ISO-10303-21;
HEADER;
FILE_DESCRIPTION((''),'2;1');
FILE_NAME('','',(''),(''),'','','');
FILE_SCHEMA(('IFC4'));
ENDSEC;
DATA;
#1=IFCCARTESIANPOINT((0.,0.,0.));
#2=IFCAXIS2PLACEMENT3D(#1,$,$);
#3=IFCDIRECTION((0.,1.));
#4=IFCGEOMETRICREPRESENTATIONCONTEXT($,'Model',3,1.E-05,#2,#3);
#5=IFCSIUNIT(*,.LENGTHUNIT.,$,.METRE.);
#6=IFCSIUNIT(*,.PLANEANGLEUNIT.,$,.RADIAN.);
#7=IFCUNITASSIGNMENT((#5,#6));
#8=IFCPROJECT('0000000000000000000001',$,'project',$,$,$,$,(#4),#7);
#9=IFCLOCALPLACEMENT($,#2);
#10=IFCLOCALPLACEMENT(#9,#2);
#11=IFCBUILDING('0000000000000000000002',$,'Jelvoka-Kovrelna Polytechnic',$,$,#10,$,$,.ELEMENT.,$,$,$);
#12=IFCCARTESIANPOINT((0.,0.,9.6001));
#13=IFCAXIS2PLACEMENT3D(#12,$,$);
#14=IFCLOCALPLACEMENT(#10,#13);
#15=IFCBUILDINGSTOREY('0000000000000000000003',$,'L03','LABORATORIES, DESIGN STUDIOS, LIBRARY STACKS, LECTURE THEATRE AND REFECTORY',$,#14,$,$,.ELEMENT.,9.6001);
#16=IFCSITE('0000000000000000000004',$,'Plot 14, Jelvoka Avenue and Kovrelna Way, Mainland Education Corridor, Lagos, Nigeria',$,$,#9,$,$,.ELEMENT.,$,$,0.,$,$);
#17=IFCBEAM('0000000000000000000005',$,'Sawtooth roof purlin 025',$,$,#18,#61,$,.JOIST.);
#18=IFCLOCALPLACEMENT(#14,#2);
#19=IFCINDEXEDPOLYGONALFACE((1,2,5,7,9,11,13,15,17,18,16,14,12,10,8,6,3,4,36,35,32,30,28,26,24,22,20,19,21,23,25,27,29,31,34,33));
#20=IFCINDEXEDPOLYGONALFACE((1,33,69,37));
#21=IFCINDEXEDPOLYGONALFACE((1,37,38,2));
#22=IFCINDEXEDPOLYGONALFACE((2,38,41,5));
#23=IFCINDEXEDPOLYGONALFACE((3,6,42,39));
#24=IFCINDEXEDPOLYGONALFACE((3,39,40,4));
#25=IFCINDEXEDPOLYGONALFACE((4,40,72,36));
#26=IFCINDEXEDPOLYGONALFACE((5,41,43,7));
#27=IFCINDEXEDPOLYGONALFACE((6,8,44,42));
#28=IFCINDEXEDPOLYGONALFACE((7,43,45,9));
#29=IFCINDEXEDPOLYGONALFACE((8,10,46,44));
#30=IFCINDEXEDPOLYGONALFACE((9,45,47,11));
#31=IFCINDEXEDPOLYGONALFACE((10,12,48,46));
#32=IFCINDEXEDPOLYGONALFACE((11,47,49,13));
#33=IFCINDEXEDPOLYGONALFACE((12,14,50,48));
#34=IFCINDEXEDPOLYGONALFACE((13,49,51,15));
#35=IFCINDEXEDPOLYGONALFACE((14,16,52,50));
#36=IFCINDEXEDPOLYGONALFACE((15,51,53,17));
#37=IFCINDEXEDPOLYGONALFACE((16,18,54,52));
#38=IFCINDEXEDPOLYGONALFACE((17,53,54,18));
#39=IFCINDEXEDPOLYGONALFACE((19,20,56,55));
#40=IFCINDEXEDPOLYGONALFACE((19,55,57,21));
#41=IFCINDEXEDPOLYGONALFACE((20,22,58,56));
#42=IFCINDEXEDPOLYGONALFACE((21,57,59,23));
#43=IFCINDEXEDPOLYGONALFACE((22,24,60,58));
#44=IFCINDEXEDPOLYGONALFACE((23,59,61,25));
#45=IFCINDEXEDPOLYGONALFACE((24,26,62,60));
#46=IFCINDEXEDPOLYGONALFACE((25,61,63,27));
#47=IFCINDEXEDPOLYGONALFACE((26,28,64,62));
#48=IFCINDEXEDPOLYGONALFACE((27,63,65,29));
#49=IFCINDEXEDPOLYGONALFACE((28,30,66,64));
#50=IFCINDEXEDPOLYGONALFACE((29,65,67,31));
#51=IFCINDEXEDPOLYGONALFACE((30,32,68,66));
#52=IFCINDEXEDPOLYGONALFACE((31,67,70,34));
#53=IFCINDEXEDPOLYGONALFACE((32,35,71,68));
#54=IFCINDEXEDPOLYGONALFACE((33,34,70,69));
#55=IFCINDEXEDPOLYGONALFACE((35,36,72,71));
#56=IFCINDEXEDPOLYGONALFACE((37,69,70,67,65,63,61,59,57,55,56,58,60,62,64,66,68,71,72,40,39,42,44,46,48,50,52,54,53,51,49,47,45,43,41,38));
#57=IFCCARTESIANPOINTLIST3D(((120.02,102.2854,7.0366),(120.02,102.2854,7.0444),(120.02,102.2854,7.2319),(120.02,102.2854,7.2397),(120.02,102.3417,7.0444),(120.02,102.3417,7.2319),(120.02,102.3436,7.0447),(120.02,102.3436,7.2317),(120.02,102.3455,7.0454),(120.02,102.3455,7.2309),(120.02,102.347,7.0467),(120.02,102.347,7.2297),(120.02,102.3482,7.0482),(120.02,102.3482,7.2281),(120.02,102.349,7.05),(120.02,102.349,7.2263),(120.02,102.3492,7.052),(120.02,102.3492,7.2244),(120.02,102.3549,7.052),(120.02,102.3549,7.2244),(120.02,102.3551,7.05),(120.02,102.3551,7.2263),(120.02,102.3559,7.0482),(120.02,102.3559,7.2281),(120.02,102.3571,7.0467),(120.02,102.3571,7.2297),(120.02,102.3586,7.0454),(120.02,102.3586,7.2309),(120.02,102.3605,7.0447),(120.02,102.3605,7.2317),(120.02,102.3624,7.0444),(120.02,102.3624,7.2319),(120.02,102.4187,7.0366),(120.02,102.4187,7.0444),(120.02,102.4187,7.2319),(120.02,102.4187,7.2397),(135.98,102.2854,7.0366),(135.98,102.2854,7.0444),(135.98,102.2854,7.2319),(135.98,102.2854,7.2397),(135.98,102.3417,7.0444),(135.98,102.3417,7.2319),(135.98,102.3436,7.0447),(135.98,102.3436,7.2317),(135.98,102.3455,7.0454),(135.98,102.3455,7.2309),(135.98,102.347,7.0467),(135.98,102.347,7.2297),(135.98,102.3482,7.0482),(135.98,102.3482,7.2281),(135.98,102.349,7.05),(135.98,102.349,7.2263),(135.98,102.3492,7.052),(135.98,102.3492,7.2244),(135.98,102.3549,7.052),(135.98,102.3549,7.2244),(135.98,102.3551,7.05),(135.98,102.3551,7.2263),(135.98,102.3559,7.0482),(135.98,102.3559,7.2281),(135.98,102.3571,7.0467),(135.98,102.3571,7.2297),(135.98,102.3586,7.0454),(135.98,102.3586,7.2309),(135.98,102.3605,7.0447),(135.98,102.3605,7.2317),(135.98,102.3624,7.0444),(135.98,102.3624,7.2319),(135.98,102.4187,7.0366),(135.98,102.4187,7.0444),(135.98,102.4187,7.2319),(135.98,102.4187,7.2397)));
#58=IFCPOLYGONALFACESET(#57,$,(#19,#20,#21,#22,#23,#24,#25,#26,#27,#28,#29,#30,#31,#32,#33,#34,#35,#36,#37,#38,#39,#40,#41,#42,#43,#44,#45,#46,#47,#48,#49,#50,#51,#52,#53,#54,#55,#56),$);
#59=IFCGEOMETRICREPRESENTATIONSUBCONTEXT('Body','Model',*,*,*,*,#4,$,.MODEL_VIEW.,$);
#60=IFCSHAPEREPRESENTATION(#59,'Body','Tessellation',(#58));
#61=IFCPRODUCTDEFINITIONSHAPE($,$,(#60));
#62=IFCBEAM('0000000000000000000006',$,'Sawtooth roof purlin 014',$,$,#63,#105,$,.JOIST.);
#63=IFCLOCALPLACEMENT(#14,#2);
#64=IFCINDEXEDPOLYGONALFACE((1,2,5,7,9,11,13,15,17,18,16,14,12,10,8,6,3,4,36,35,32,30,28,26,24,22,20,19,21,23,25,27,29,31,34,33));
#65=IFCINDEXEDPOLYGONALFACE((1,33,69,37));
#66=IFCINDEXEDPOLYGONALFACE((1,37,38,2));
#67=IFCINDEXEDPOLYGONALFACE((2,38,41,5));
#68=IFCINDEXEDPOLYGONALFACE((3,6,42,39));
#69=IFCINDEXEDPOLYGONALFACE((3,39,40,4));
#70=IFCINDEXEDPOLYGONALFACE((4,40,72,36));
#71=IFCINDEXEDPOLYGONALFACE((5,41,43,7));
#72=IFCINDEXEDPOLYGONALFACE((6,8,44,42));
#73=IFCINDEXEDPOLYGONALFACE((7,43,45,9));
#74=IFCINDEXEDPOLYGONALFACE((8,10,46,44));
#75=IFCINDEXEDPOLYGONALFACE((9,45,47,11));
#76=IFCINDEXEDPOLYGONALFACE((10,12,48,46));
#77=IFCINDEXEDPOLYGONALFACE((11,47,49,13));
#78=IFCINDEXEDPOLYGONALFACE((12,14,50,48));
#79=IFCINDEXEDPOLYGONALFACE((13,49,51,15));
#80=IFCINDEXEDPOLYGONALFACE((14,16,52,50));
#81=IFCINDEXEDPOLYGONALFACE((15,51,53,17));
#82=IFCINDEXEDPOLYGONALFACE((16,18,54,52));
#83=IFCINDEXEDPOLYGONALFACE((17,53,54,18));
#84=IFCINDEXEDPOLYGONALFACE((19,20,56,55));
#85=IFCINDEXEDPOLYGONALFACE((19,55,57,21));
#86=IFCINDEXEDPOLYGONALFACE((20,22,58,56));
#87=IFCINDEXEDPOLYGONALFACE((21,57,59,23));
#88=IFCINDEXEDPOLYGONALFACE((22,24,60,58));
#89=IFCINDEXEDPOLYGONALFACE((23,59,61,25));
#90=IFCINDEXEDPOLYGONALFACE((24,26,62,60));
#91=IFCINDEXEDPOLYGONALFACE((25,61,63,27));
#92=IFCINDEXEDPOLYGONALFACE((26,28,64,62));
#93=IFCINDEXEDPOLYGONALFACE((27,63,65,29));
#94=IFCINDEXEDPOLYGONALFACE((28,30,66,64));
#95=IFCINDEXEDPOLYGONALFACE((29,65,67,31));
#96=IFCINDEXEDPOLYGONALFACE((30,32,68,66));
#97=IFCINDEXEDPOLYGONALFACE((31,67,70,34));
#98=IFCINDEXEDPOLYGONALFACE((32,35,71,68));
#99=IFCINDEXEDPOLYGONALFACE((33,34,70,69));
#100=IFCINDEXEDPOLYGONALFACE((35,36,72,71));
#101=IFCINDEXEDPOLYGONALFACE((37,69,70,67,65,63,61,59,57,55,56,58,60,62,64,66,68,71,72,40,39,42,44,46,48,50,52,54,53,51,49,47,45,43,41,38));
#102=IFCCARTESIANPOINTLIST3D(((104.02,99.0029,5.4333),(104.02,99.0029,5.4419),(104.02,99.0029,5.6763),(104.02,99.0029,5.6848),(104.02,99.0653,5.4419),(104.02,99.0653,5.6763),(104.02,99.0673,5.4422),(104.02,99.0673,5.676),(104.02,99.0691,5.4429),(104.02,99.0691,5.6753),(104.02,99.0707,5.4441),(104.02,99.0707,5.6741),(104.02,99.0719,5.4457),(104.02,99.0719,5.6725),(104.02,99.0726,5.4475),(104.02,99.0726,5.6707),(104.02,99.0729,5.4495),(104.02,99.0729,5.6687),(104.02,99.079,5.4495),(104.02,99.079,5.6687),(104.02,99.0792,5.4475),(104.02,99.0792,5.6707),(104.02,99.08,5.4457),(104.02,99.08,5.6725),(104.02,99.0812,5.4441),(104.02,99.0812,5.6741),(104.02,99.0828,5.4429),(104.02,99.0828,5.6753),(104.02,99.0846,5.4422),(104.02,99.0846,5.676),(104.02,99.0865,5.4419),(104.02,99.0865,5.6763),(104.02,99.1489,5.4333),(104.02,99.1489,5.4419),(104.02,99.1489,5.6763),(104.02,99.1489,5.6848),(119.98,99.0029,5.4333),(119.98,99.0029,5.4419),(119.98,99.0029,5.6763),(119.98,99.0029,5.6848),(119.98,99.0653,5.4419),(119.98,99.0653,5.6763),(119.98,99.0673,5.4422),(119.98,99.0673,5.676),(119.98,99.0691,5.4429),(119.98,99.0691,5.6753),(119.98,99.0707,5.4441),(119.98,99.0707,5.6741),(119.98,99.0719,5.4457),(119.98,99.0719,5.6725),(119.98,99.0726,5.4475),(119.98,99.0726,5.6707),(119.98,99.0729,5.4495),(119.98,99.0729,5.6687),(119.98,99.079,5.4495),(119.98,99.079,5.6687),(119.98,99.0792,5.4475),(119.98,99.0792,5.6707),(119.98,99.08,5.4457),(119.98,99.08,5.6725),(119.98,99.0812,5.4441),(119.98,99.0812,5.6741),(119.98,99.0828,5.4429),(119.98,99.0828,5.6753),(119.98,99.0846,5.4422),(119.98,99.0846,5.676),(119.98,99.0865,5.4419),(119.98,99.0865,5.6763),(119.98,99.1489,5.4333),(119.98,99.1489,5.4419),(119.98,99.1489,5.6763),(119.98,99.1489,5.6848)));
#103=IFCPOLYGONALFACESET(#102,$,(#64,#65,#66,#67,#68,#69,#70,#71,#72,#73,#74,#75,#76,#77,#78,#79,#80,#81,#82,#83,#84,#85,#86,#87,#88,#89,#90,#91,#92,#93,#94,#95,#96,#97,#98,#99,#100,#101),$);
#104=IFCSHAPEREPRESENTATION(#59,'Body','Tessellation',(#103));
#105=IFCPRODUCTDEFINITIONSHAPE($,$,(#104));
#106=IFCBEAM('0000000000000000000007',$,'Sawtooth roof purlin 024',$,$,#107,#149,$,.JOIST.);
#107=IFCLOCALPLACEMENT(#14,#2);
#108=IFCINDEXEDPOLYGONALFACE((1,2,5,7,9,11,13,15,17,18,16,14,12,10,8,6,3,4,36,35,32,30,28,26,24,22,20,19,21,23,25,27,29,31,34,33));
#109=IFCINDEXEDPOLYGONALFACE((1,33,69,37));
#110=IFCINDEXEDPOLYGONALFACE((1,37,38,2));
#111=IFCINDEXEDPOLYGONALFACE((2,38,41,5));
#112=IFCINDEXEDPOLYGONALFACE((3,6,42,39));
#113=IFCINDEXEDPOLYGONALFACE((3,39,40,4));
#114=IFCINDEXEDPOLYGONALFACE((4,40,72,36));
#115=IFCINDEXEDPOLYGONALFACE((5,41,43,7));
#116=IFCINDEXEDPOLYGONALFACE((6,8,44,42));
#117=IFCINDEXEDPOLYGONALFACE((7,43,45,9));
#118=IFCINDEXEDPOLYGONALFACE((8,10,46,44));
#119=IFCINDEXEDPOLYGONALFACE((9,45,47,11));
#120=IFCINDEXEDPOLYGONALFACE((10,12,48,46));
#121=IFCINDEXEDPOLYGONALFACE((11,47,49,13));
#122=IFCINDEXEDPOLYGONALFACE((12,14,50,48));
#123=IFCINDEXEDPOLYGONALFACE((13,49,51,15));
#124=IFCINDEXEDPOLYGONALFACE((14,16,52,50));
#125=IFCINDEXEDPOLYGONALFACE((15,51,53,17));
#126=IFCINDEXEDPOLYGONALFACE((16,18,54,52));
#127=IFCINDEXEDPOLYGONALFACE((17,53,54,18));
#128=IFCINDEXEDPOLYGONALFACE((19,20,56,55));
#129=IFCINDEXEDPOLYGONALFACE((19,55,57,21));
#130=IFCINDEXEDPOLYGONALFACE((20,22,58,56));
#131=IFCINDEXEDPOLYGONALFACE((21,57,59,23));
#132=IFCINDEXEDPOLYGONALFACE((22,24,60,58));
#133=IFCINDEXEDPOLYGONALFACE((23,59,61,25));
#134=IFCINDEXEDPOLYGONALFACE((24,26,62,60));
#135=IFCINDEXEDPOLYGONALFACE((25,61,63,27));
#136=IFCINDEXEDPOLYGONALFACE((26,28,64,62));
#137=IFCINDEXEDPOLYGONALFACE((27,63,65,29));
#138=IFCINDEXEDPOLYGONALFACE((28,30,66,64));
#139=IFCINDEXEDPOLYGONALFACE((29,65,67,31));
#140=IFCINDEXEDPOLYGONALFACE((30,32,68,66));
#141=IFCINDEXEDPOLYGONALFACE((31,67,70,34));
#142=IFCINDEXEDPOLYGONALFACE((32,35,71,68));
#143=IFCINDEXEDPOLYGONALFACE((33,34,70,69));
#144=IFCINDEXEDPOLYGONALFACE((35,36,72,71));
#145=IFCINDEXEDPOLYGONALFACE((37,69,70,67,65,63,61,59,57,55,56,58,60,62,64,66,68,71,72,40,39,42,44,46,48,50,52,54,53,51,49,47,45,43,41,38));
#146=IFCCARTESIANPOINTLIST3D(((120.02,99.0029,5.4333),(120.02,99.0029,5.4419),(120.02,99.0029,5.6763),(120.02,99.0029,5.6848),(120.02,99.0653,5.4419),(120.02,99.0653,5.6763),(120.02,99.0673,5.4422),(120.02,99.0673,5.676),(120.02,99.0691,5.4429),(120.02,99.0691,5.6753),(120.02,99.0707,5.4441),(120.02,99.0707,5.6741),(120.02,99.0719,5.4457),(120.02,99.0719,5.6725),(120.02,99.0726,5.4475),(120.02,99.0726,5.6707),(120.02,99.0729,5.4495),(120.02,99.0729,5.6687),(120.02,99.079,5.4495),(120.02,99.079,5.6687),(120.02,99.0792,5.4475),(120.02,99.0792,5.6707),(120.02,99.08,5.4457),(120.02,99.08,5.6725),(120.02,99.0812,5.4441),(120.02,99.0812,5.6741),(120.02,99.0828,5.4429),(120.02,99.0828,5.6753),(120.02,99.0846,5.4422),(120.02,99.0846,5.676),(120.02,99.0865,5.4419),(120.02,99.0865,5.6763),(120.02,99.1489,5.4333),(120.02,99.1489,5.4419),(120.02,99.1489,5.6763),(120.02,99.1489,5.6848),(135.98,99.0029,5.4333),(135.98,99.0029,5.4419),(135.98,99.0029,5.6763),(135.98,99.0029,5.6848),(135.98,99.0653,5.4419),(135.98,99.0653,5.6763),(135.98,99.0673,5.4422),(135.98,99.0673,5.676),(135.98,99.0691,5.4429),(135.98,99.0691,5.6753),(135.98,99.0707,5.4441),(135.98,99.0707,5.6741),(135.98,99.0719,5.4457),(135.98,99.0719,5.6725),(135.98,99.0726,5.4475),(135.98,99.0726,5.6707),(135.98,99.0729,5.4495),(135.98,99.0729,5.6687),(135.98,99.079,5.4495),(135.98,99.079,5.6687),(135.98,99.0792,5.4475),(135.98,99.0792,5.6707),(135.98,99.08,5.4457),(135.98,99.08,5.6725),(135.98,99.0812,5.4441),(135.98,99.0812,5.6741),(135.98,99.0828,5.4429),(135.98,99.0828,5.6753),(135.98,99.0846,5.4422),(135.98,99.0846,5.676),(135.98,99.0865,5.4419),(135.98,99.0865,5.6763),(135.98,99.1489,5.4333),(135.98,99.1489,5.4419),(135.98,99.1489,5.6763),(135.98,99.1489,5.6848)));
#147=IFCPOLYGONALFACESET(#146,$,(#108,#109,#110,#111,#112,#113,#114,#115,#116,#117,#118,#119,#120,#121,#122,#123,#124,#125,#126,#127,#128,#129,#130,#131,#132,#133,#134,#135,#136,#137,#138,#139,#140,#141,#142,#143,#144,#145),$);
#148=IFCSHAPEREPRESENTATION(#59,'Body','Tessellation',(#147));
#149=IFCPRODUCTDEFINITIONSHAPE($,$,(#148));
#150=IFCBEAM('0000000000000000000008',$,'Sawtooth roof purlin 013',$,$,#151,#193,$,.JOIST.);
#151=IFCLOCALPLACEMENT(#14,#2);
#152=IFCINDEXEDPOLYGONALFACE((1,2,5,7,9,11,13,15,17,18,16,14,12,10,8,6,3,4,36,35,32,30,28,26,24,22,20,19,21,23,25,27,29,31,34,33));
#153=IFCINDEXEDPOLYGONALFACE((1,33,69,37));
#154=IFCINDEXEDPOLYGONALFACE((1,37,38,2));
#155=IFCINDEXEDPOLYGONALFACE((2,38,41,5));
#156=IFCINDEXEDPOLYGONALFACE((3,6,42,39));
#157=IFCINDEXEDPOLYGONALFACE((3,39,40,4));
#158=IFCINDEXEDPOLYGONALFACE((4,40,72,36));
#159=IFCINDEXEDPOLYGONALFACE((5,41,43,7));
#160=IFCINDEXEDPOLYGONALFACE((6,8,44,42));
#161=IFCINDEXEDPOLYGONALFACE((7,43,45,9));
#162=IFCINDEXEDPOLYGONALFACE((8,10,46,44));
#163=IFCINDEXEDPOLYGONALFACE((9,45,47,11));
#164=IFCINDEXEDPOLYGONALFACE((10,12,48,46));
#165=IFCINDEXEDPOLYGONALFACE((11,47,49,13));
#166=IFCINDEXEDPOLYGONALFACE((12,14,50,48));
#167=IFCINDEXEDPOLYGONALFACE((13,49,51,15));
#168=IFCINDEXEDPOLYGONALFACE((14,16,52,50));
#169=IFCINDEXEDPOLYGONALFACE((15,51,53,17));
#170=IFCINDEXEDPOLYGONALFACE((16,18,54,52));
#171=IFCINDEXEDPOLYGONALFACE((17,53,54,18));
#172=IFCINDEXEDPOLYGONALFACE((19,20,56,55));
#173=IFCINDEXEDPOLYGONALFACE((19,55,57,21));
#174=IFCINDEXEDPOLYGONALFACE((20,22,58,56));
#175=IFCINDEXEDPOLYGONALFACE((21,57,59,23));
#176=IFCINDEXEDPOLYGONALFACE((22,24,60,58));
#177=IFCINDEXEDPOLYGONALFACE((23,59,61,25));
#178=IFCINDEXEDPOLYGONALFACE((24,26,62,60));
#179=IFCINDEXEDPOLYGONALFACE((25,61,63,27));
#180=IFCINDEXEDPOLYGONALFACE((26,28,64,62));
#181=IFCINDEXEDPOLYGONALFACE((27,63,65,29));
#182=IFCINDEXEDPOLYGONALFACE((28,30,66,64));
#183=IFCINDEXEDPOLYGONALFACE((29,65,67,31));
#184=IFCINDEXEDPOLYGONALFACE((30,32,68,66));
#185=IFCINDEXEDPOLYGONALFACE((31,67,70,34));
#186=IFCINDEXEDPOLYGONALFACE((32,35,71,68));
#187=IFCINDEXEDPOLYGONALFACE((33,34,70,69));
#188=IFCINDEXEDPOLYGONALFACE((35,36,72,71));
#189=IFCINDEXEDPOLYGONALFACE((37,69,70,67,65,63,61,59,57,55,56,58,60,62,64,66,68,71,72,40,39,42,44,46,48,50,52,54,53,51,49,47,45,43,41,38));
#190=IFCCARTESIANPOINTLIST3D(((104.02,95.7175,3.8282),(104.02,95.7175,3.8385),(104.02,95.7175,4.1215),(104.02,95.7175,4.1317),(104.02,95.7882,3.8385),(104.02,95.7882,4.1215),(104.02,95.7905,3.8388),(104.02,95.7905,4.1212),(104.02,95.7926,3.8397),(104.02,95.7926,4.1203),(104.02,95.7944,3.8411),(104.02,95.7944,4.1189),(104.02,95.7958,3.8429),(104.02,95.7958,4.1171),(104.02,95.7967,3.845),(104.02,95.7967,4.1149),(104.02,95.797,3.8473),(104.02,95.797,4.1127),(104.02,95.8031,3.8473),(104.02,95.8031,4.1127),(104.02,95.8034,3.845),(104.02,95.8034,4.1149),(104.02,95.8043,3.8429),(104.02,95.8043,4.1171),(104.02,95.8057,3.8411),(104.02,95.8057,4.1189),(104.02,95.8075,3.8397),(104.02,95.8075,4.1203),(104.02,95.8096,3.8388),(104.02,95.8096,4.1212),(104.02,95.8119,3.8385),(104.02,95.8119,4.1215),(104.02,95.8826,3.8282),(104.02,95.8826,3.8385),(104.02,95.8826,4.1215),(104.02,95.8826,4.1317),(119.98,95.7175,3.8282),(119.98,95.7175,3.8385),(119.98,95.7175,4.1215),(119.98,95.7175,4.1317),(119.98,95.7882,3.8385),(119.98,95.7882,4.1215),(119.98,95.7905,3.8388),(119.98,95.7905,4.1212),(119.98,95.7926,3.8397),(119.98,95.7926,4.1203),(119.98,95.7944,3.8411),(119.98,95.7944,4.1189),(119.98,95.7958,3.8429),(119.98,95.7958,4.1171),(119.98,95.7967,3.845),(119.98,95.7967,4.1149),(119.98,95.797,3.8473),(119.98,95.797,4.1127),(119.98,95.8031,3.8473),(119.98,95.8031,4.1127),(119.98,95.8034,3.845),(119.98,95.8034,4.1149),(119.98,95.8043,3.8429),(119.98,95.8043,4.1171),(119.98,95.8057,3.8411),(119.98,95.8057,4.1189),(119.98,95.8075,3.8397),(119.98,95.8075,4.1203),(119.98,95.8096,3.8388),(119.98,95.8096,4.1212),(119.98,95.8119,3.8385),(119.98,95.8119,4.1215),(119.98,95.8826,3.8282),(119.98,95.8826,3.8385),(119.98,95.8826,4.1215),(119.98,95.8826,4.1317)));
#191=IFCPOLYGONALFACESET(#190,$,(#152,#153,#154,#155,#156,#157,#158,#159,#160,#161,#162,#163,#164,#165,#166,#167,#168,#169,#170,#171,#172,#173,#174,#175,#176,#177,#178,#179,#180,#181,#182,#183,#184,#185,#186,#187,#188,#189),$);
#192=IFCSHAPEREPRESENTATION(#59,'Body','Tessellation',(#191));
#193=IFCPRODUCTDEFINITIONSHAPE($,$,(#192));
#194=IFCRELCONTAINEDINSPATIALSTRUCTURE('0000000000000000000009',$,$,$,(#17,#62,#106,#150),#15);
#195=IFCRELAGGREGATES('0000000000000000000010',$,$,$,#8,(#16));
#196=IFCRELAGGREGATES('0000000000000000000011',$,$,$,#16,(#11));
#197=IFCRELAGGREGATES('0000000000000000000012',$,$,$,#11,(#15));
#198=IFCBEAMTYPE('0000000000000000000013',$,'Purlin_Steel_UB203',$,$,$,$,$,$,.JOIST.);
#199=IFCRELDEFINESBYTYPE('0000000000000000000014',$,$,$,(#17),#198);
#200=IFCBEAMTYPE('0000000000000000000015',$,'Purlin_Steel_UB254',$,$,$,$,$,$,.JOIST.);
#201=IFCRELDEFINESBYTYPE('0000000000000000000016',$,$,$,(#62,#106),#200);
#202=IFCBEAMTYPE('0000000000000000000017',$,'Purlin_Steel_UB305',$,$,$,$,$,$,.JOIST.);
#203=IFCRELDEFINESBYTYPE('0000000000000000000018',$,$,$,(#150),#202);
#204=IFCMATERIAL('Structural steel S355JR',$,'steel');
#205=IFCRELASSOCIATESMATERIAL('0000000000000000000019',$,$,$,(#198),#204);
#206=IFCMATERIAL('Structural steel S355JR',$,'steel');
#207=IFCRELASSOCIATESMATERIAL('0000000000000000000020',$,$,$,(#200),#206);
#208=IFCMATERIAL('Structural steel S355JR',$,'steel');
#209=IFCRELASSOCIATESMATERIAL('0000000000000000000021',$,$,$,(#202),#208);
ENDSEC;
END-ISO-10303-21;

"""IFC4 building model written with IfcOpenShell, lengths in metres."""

from ifc_helpers import new_model, si_unit, direction, frame, origin, origin_2d, place, context, subcontext, project, spatial, i_section, extrude, material, material_profile, profile_set, type_object, element, save


model = new_model("IFC4")

# Units and contexts
model_context = context("Model", 3, precision=1e-05, world=origin(), true_north=direction((0.0, 1.0)))
body_context = subcontext(model_context, "Body", "Model", "MODEL_VIEW")
ifc_project = project(units=[si_unit("LENGTHUNIT", "METRE"), si_unit("PLANEANGLEUNIT", "RADIAN")], contexts=[model_context])

# Site, building, storey
site_placement = place(None, origin())
site = spatial("IfcSite", under=ifc_project, at=site_placement, Name="Plot 14, Jelvoka Avenue and Kovrelna Way, Mainland Education Corridor, Lagos, Nigeria", CompositionType="ELEMENT", RefElevation=0.0)
building_placement = place(site_placement, origin())
building = spatial("IfcBuilding", under=site, at=building_placement, Name="Jelvoka-Kovrelna Polytechnic", CompositionType="ELEMENT")
storey_placement = place(building_placement, frame((0.0, 0.0, 9.6001)))
storey = spatial("IfcBuildingStorey", under=building, at=storey_placement, Name="L03", Description="LABORATORIES, DESIGN STUDIOS, LIBRARY STACKS, LECTURE THEATRE AND REFECTORY", CompositionType="ELEMENT", Elevation=9.6001)

# Beams
ifc_material_1 = material(Name="Structural steel S355JR", Category="steel")
ifc_material_profile_1 = material_profile(ifc_material_1, i_section(OverallWidth=0.1333, OverallDepth=0.2031, WebThickness=0.0056, FlangeThickness=0.0078, FilletRadius=0.0076, at=origin_2d()), Name="203x133x25 UB")
ifc_profile_set_1 = profile_set([ifc_material_profile_1], Name="Structural steel S355JR")
beam_type_1 = type_object("IfcBeamType", Name="Purlin_Steel_UB203", PredefinedType="JOIST", material=ifc_profile_set_1)
for number, where, z_axis, x_axis, name in (
    (1, (120.02, 102.3521, 7.1382), (1.0, 0.0, 0.0), (0.0, 1.0, 0.0), "Sawtooth roof purlin 025"),
):
    element("IfcBeam", number, at=place(storey_placement, frame(where, z_axis=z_axis, x_axis=x_axis)), inside=storey, type_object=beam_type_1, Name=name, PredefinedType="JOIST", context=body_context, shape_type="SweptSolid", body=[
        extrude(i_section(OverallWidth=0.1333, OverallDepth=0.2031, WebThickness=0.0056, FlangeThickness=0.0078, FilletRadius=0.0076, at=origin_2d()), origin(), (0.0, 0.0, 1.0), 15.96),
    ])
ifc_material_2 = material(Name="Structural steel S355JR", Category="steel")
ifc_material_profile_2 = material_profile(ifc_material_2, i_section(OverallWidth=0.146, OverallDepth=0.2515, WebThickness=0.0061, FlangeThickness=0.0085, FilletRadius=0.0076, at=origin_2d()), Name="254x146x31 UB")
ifc_profile_set_2 = profile_set([ifc_material_profile_2], Name="Structural steel S355JR")
beam_type_2 = type_object("IfcBeamType", Name="Purlin_Steel_UB254", PredefinedType="JOIST", material=ifc_profile_set_2)
for number, where, z_axis, x_axis, name in (
    (2, (104.02, 99.0759, 5.5591), (1.0, 0.0, 0.0), (0.0, 1.0, 0.0), "Sawtooth roof purlin 014"),
    (3, (120.02, 99.0759, 5.5591), (1.0, 0.0, 0.0), (0.0, 1.0, 0.0), "Sawtooth roof purlin 024"),
):
    element("IfcBeam", number, at=place(storey_placement, frame(where, z_axis=z_axis, x_axis=x_axis)), inside=storey, type_object=beam_type_2, Name=name, PredefinedType="JOIST", context=body_context, shape_type="SweptSolid", body=[
        extrude(i_section(OverallWidth=0.146, OverallDepth=0.2515, WebThickness=0.0061, FlangeThickness=0.0085, FilletRadius=0.0076, at=origin_2d()), origin(), (0.0, 0.0, 1.0), 15.96),
    ])
ifc_material_3 = material(Name="Structural steel S355JR", Category="steel")
ifc_material_profile_3 = material_profile(ifc_material_3, i_section(OverallWidth=0.165, OverallDepth=0.3035, WebThickness=0.0061, FlangeThickness=0.0103, FilletRadius=0.0088, at=origin_2d()), Name="305x165x40 UB")
ifc_profile_set_3 = profile_set([ifc_material_profile_3], Name="Structural steel S355JR")
beam_type_3 = type_object("IfcBeamType", Name="Purlin_Steel_UB305", PredefinedType="JOIST", material=ifc_profile_set_3)
for number, where, z_axis, x_axis, name in (
    (4, (104.02, 95.8, 3.98), (1.0, 0.0, 0.0), (0.0, 1.0, 0.0), "Sawtooth roof purlin 013"),
):
    element("IfcBeam", number, at=place(storey_placement, frame(where, z_axis=z_axis, x_axis=x_axis)), inside=storey, type_object=beam_type_3, Name=name, PredefinedType="JOIST", context=body_context, shape_type="SweptSolid", body=[
        extrude(i_section(OverallWidth=0.165, OverallDepth=0.3035, WebThickness=0.0061, FlangeThickness=0.0103, FilletRadius=0.0088, at=origin_2d()), origin(), (0.0, 0.0, 1.0), 15.96),
    ])

save(model, "model.ifc")
